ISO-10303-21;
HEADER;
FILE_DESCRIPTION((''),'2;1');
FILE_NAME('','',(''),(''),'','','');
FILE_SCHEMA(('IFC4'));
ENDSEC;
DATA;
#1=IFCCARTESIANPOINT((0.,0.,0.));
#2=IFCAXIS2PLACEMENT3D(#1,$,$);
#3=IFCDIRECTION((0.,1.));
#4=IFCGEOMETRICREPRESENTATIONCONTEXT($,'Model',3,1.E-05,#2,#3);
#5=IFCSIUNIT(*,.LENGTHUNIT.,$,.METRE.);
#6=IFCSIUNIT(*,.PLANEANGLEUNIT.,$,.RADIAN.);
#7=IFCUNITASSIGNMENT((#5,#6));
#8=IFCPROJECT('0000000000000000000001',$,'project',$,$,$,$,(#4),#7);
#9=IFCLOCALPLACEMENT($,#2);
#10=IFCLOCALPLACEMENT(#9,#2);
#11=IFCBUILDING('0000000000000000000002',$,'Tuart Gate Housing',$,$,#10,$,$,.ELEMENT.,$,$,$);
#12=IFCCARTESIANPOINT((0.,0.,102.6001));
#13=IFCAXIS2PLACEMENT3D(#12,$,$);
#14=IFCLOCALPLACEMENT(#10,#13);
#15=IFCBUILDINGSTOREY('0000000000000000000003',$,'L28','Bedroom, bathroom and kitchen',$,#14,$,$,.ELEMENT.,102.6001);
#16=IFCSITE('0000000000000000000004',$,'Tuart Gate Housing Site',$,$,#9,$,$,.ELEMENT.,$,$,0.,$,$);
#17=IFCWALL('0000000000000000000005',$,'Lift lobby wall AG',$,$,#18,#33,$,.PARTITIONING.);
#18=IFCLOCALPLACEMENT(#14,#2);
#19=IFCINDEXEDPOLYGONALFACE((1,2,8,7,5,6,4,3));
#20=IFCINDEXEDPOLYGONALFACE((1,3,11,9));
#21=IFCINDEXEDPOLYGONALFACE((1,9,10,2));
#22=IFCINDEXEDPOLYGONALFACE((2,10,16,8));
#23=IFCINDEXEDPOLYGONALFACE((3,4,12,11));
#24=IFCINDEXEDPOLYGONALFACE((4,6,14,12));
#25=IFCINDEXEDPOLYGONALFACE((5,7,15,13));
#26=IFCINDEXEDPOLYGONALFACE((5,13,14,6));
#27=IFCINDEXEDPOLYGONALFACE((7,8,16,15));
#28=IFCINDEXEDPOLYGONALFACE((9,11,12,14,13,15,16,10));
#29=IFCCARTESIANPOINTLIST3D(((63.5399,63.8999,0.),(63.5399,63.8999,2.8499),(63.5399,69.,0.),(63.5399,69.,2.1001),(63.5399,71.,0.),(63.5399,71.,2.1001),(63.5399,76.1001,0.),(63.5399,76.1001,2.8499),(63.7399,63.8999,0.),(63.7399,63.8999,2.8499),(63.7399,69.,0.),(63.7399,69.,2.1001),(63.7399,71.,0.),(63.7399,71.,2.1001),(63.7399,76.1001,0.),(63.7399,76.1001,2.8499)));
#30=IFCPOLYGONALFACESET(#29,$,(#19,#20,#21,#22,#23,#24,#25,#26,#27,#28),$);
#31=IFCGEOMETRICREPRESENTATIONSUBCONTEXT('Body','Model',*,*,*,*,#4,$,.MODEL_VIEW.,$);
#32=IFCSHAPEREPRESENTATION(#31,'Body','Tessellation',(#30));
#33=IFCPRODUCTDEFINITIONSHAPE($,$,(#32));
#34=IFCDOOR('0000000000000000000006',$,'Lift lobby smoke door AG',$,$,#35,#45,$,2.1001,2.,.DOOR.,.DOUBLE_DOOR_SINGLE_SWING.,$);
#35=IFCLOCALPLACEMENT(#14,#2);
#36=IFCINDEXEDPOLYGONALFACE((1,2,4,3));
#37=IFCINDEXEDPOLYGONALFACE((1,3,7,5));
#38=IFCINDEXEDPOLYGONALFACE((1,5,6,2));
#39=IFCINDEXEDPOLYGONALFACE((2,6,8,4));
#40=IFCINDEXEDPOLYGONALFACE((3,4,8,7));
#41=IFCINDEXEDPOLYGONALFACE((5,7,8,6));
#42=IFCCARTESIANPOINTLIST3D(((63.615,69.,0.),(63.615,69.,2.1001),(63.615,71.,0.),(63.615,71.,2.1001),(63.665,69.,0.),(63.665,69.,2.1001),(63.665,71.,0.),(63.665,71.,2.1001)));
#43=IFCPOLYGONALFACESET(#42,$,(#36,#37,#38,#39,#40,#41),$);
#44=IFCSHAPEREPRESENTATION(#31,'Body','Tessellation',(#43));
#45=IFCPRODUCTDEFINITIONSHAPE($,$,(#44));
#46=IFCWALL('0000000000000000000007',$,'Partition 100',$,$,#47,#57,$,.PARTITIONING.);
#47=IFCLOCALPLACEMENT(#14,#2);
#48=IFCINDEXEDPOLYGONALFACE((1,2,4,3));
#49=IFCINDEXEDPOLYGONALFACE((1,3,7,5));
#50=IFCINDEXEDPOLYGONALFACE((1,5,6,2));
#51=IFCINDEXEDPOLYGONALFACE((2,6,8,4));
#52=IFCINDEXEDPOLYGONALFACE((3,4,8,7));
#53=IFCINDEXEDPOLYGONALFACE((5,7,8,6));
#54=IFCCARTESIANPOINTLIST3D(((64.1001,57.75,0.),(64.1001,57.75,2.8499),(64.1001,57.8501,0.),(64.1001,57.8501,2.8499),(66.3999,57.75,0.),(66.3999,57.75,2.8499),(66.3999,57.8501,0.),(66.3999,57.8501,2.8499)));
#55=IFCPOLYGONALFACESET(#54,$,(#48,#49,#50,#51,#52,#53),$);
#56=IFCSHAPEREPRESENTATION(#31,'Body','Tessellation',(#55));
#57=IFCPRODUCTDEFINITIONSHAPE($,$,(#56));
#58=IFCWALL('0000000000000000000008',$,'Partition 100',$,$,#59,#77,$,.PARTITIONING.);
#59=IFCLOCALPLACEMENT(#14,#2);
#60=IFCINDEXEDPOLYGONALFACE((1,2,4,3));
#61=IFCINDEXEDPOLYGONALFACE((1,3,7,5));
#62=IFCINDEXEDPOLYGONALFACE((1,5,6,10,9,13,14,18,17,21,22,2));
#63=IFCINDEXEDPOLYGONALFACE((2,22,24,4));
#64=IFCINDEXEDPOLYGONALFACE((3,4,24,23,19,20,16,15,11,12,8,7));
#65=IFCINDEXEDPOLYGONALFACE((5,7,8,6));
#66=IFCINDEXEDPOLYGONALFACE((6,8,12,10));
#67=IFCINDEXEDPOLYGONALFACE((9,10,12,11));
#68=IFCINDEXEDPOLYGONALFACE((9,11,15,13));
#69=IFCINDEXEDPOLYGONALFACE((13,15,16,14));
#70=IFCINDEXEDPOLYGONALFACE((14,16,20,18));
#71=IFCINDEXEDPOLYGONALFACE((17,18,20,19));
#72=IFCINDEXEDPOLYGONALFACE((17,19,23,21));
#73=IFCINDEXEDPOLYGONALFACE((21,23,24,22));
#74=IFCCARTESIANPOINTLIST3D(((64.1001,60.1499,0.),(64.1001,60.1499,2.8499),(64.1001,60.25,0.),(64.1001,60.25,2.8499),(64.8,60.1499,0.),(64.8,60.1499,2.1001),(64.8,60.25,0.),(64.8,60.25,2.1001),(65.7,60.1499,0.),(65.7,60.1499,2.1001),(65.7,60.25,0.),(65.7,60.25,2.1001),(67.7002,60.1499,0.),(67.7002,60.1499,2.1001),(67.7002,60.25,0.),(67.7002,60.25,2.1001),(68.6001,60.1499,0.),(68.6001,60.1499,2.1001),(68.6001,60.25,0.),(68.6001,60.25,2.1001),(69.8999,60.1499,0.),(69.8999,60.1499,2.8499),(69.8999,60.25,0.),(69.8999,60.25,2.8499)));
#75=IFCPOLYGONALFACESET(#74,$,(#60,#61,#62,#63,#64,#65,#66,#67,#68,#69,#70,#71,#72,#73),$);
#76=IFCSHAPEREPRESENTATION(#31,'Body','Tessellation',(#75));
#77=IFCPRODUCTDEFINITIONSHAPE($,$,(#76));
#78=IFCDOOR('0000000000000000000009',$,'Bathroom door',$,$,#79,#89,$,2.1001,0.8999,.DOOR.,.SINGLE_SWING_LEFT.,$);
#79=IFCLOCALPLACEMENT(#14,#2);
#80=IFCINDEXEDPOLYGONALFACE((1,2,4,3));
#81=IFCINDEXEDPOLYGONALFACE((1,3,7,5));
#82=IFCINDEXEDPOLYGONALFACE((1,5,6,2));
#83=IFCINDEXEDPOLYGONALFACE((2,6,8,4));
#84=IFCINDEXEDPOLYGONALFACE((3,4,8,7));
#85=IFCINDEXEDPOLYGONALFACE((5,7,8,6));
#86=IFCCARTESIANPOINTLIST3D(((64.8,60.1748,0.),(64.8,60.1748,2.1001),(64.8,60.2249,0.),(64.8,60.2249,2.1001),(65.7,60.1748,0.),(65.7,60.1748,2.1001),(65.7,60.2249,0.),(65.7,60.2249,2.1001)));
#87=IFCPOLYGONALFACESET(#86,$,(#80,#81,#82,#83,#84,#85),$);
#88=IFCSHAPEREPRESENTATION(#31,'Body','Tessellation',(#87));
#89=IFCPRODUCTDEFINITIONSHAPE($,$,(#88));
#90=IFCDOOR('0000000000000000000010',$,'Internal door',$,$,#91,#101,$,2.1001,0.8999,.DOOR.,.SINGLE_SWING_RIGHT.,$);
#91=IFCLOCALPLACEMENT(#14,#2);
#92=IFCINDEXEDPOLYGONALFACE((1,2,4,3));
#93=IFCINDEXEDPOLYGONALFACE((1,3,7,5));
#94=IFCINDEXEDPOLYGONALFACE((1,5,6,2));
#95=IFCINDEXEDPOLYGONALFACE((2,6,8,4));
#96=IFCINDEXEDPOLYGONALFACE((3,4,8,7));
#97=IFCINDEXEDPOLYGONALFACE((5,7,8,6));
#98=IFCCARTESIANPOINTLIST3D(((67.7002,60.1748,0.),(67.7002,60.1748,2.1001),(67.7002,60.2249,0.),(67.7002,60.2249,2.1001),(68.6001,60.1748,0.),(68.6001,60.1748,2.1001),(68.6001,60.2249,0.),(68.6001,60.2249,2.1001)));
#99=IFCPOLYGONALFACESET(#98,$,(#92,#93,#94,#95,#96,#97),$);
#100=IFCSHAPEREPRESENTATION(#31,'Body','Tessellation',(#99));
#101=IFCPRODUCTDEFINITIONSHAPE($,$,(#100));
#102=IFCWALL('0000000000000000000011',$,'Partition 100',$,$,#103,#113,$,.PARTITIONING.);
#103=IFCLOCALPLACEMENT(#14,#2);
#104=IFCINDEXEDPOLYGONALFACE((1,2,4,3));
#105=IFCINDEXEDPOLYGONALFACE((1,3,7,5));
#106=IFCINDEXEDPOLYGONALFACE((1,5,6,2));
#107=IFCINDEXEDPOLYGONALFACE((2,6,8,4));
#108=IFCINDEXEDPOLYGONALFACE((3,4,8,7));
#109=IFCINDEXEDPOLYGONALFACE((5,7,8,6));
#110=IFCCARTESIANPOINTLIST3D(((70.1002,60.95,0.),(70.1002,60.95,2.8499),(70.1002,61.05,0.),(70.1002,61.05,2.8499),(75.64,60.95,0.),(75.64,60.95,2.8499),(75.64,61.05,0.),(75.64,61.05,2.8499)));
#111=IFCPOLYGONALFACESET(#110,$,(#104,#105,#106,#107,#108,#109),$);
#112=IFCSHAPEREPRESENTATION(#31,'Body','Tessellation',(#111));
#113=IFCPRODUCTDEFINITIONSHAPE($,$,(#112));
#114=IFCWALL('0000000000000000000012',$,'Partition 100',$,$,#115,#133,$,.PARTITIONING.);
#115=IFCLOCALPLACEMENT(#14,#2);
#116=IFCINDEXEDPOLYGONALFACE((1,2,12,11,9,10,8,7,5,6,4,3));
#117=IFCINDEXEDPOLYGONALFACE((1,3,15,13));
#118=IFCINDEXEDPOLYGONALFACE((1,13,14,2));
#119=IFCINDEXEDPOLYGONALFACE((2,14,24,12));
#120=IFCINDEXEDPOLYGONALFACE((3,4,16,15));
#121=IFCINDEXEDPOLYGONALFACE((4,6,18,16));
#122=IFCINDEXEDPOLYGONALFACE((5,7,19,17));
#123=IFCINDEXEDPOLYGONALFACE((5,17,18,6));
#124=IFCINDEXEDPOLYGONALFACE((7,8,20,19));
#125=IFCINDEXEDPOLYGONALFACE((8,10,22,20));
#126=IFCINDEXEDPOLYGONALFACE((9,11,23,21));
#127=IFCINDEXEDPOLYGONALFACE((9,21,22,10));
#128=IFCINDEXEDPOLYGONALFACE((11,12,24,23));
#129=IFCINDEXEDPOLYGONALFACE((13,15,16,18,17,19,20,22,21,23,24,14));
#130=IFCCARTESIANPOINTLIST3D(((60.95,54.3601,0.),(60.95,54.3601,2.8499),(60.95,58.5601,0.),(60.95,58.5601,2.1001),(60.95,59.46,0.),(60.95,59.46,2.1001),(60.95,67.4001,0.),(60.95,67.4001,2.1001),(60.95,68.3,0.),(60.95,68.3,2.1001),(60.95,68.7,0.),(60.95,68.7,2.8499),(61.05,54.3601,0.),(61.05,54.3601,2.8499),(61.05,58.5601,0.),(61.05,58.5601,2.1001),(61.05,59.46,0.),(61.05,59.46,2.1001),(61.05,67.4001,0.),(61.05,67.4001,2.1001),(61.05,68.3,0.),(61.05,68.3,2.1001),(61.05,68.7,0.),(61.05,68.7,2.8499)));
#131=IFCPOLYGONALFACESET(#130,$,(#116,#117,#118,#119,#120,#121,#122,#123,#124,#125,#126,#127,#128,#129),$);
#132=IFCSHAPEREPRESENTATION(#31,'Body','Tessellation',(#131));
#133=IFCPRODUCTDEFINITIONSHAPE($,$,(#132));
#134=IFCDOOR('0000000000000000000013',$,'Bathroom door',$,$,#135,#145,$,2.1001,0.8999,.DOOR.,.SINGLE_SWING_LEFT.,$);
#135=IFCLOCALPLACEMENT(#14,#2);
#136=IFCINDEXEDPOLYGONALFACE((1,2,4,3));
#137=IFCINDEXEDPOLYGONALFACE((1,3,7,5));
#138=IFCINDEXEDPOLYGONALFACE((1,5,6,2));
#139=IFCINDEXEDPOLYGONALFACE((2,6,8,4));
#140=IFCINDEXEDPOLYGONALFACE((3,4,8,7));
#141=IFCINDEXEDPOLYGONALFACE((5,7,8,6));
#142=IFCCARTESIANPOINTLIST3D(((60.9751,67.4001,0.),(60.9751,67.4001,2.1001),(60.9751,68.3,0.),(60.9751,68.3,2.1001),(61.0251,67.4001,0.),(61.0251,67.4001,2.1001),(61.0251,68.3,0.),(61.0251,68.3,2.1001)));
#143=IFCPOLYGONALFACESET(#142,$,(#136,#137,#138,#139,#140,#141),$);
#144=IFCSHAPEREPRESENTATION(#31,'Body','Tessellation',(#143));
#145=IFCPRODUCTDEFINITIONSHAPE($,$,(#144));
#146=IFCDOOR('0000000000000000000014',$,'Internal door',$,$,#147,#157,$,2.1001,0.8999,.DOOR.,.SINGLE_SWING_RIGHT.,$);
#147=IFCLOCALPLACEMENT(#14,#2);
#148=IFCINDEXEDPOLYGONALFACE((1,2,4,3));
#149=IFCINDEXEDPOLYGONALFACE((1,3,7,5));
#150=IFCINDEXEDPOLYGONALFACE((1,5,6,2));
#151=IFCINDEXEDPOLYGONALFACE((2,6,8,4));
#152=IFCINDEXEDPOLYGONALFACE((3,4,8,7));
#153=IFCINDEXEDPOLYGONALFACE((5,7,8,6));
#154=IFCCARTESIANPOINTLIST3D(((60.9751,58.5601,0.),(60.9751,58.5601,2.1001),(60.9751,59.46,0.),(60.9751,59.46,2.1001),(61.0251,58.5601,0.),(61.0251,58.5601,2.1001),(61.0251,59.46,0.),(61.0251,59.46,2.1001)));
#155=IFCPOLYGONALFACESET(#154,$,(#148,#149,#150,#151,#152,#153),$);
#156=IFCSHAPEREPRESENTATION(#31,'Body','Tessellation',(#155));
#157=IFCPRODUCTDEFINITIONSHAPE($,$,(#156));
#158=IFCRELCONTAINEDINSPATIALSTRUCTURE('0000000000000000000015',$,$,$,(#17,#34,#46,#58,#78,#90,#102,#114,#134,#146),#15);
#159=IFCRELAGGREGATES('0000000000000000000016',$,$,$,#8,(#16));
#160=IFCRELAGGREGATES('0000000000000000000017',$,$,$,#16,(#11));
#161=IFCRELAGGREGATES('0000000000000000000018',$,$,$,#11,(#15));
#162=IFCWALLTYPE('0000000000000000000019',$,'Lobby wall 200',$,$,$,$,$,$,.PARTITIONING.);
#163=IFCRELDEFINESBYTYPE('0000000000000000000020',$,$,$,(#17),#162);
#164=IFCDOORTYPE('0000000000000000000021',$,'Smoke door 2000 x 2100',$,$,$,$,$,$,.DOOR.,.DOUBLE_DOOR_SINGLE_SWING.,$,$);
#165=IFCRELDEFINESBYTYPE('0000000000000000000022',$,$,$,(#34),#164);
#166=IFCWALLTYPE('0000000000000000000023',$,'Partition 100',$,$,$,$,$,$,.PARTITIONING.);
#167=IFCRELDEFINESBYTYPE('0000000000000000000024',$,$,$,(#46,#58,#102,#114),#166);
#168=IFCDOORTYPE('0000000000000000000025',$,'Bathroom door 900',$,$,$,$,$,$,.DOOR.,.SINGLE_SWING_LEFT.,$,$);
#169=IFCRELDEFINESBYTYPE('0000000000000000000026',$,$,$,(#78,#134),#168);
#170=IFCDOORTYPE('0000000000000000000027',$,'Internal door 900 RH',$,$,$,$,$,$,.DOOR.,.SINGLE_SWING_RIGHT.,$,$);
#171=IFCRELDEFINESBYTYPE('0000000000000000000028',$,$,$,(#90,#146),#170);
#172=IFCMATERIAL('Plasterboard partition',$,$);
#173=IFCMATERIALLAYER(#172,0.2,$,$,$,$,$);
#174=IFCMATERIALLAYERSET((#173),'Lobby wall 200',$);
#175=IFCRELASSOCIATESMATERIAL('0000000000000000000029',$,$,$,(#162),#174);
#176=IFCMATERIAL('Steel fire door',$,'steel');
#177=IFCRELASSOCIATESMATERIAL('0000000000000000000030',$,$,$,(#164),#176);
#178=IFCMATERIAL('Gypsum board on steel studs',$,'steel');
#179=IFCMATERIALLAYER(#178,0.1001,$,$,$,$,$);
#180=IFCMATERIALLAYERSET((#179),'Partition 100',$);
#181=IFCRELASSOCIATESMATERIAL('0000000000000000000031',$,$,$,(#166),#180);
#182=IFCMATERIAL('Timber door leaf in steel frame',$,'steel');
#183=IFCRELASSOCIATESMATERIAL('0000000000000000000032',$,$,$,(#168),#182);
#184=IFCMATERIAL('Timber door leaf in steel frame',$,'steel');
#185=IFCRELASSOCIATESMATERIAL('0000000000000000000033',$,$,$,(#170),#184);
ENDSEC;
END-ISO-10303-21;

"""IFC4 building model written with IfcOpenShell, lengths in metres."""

from ifc_helpers import new_model, si_unit, direction, frame, frame_2d, origin, place, context, subcontext, project, spatial, rectangle, extrude, material, layer, layer_set, type_object, element, fill, save


model = new_model("IFC4")

# Units and contexts
model_context = context("Model", 3, precision=1e-05, world=origin(), true_north=direction((0.0, 1.0)))
body_context = subcontext(model_context, "Body", "Model", "MODEL_VIEW")
ifc_project = project(units=[si_unit("LENGTHUNIT", "METRE"), si_unit("PLANEANGLEUNIT", "RADIAN")], contexts=[model_context])

# Site, building, storey
site_placement = place(None, origin())
site = spatial("IfcSite", under=ifc_project, at=site_placement, Name="Tuart Gate Housing Site", CompositionType="ELEMENT", RefElevation=0.0)
building_placement = place(site_placement, origin())
building = spatial("IfcBuilding", under=site, at=building_placement, Name="Tuart Gate Housing", CompositionType="ELEMENT")
storey_placement = place(building_placement, frame((0.0, 0.0, 102.6001)))
storey = spatial("IfcBuildingStorey", under=building, at=storey_placement, Name="L28", Description="Bedroom, bathroom and kitchen", CompositionType="ELEMENT", Elevation=102.6001)

# Wall, opening, door
ifc_material_1 = material(Name="Plasterboard partition")
ifc_layer_1 = layer(ifc_material_1, 0.2)
ifc_layer_set_1 = layer_set([ifc_layer_1], Name="Lobby wall 200")
wall_type_1 = type_object("IfcWallType", Name="Lobby wall 200", PredefinedType="PARTITIONING", material=ifc_layer_set_1)
wall_1_placement = place(storey_placement, frame((63.6399, 63.8999, 0.0), z_axis=(0.0, 0.0, 1.0), x_axis=(0.0, 1.0, 0.0)))
wall_1 = element("IfcWall", 1, at=wall_1_placement, inside=storey, type_object=wall_type_1, Name="Lift lobby wall AG", PredefinedType="PARTITIONING", context=body_context, shape_type="SweptSolid", body=[
    extrude(rectangle(XDim=12.2002, YDim=0.2, at=frame_2d((6.1001, 0.0))), origin(), (0.0, 0.0, 1.0), 2.8499),
])
opening_1_placement = place(wall_1_placement, frame((5.1001, 0.0, 0.0)))
opening_1 = element("IfcOpeningElement", 2, at=opening_1_placement, cuts=wall_1, PredefinedType="OPENING", context=body_context, shape_type="SweptSolid", body=[
    extrude(rectangle(XDim=2.0, YDim=2.1001, at=frame_2d((1.0, 1.05))), frame((0.0, 0.1099, 0.0), z_axis=(0.0, -1.0, 0.0), x_axis=(1.0, 0.0, 0.0)), (0.0, 0.0, 1.0), 0.22),
])
ifc_material_2 = material(Name="Steel fire door", Category="steel")
door_type_1 = type_object("IfcDoorType", Name="Smoke door 2000 x 2100", OperationType="DOUBLE_DOOR_SINGLE_SWING", PredefinedType="DOOR", material=ifc_material_2)
door_1_placement = place(opening_1_placement, frame((2.0, 0.0, 0.0), z_axis=(0.0, 0.0, 1.0), x_axis=(-1.0, 0.0, 0.0)))
door_1 = element("IfcDoor", 3, at=door_1_placement, inside=storey, type_object=door_type_1, Name="Lift lobby smoke door AG", OperationType="DOUBLE_DOOR_SINGLE_SWING", OverallHeight=2.1001, OverallWidth=2.0, PredefinedType="DOOR", context=body_context, shape_type="SweptSolid", body=[
    extrude(rectangle(XDim=2.0, YDim=2.1001, at=frame_2d((1.0, 1.05))), frame((0.0, 0.0251, 0.0), z_axis=(0.0, -1.0, 0.0), x_axis=(1.0, 0.0, 0.0)), (0.0, 0.0, 1.0), 0.05),
])
fill(opening_1, door_1)

# Wall
ifc_material_3 = material(Name="Gypsum board on steel studs", Category="steel")
ifc_layer_2 = layer(ifc_material_3, 0.1001)
ifc_layer_set_2 = layer_set([ifc_layer_2], Name="Partition 100")
wall_type_2 = type_object("IfcWallType", Name="Partition 100", PredefinedType="PARTITIONING", material=ifc_layer_set_2)
wall_2_placement = place(storey_placement, frame((64.1001, 57.8, 0.0), z_axis=(0.0, 0.0, 1.0), x_axis=(1.0, 0.0, 0.0)))
element("IfcWall", 4, at=wall_2_placement, inside=storey, type_object=wall_type_2, Name="Partition 100", PredefinedType="PARTITIONING", context=body_context, shape_type="SweptSolid", body=[
    extrude(rectangle(XDim=2.2998, YDim=0.1001, at=frame_2d((1.1499, 0.0))), origin(), (0.0, 0.0, 1.0), 2.8499),
])

# Wall, openings, doors
wall_3_placement = place(storey_placement, frame((64.1001, 60.2, 0.0), z_axis=(0.0, 0.0, 1.0), x_axis=(1.0, 0.0, 0.0)))
wall_3 = element("IfcWall", 5, at=wall_3_placement, inside=storey, type_object=wall_type_2, Name="Partition 100", PredefinedType="PARTITIONING", context=body_context, shape_type="SweptSolid", body=[
    extrude(rectangle(XDim=5.7998, YDim=0.1001, at=frame_2d((2.8999, 0.0))), origin(), (0.0, 0.0, 1.0), 2.8499),
])
opening_2_placement = place(wall_3_placement, frame((3.6001, 0.0, 0.0)))
opening_2 = element("IfcOpeningElement", 6, at=opening_2_placement, cuts=wall_3, PredefinedType="OPENING", context=body_context, shape_type="SweptSolid", body=[
    extrude(rectangle(XDim=0.8999, YDim=2.1001, at=frame_2d((0.45, 1.05))), frame((0.0, 0.0601, 0.0), z_axis=(0.0, -1.0, 0.0), x_axis=(1.0, 0.0, 0.0)), (0.0, 0.0, 1.0), 0.1201),
])
opening_3_placement = place(wall_3_placement, frame((0.7, 0.0, 0.0)))
opening_3 = element("IfcOpeningElement", 7, at=opening_3_placement, cuts=wall_3, PredefinedType="OPENING", context=body_context, shape_type="SweptSolid", body=[
    extrude(rectangle(XDim=0.8999, YDim=2.1001, at=frame_2d((0.45, 1.05))), frame((0.0, 0.0601, 0.0), z_axis=(0.0, -1.0, 0.0), x_axis=(1.0, 0.0, 0.0)), (0.0, 0.0, 1.0), 0.1201),
])
ifc_material_4 = material(Name="Timber door leaf in steel frame", Category="steel")
door_type_2 = type_object("IfcDoorType", Name="Bathroom door 900", OperationType="SINGLE_SWING_LEFT", PredefinedType="DOOR", material=ifc_material_4)
door_2_placement = place(opening_3_placement, frame((0.8999, 0.0, 0.0), z_axis=(0.0, 0.0, 1.0), x_axis=(-1.0, 0.0, 0.0)))
door_2 = element("IfcDoor", 8, at=door_2_placement, inside=storey, type_object=door_type_2, Name="Bathroom door", OperationType="SINGLE_SWING_LEFT", OverallHeight=2.1001, OverallWidth=0.8999, PredefinedType="DOOR", context=body_context, shape_type="SweptSolid", body=[
    extrude(rectangle(XDim=0.8999, YDim=2.1001, at=frame_2d((0.45, 1.05))), frame((0.0, 0.0251, 0.0), z_axis=(0.0, -1.0, 0.0), x_axis=(1.0, 0.0, 0.0)), (0.0, 0.0, 1.0), 0.05),
])
fill(opening_3, door_2)
ifc_material_5 = material(Name="Timber door leaf in steel frame", Category="steel")
door_type_3 = type_object("IfcDoorType", Name="Internal door 900 RH", OperationType="SINGLE_SWING_RIGHT", PredefinedType="DOOR", material=ifc_material_5)
door_3_placement = place(opening_2_placement, origin())
door_3 = element("IfcDoor", 9, at=door_3_placement, inside=storey, type_object=door_type_3, Name="Internal door", OperationType="SINGLE_SWING_RIGHT", OverallHeight=2.1001, OverallWidth=0.8999, PredefinedType="DOOR", context=body_context, shape_type="SweptSolid", body=[
    extrude(rectangle(XDim=0.8999, YDim=2.1001, at=frame_2d((0.45, 1.05))), frame((0.0, 0.0249, 0.0), z_axis=(0.0, -1.0, 0.0), x_axis=(1.0, 0.0, 0.0)), (0.0, 0.0, 1.0), 0.05),
])
fill(opening_2, door_3)

# Wall
wall_4_placement = place(storey_placement, frame((70.1001, 61.0, 0.0), z_axis=(0.0, 0.0, 1.0), x_axis=(1.0, 0.0, 0.0)))
element("IfcWall", 10, at=wall_4_placement, inside=storey, type_object=wall_type_2, Name="Partition 100", PredefinedType="PARTITIONING", context=body_context, shape_type="SweptSolid", body=[
    extrude(rectangle(XDim=5.5398, YDim=0.1001, at=frame_2d((2.77, 0.0))), origin(), (0.0, 0.0, 1.0), 2.8499),
])

# Wall, openings, doors
wall_5_placement = place(storey_placement, frame((61.0, 54.3601, 0.0), z_axis=(0.0, 0.0, 1.0), x_axis=(0.0, 1.0, 0.0)))
wall_5 = element("IfcWall", 11, at=wall_5_placement, inside=storey, type_object=wall_type_2, Name="Partition 100", PredefinedType="PARTITIONING", context=body_context, shape_type="SweptSolid", body=[
    extrude(rectangle(XDim=14.3398, YDim=0.1001, at=frame_2d((7.1699, 0.0))), origin(), (0.0, 0.0, 1.0), 2.8499),
])
opening_4_placement = place(wall_5_placement, frame((4.2, 0.0, 0.0)))
opening_4 = element("IfcOpeningElement", 12, at=opening_4_placement, cuts=wall_5, PredefinedType="OPENING", context=body_context, shape_type="SweptSolid", body=[
    extrude(rectangle(XDim=0.8999, YDim=2.1001, at=frame_2d((0.45, 1.05))), frame((0.0, 0.0601, 0.0), z_axis=(0.0, -1.0, 0.0), x_axis=(1.0, 0.0, 0.0)), (0.0, 0.0, 1.0), 0.1201),
])
opening_5_placement = place(wall_5_placement, frame((13.04, 0.0, 0.0)))
opening_5 = element("IfcOpeningElement", 13, at=opening_5_placement, cuts=wall_5, PredefinedType="OPENING", context=body_context, shape_type="SweptSolid", body=[
    extrude(rectangle(XDim=0.8999, YDim=2.1001, at=frame_2d((0.45, 1.05))), frame((0.0, 0.0601, 0.0), z_axis=(0.0, -1.0, 0.0), x_axis=(1.0, 0.0, 0.0)), (0.0, 0.0, 1.0), 0.1201),
])
door_4_placement = place(opening_5_placement, frame((0.8999, 0.0, 0.0), z_axis=(0.0, 0.0, 1.0), x_axis=(-1.0, 0.0, 0.0)))
door_4 = element("IfcDoor", 14, at=door_4_placement, inside=storey, type_object=door_type_2, Name="Bathroom door", OperationType="SINGLE_SWING_LEFT", OverallHeight=2.1001, OverallWidth=0.8999, PredefinedType="DOOR", context=body_context, shape_type="SweptSolid", body=[
    extrude(rectangle(XDim=0.8999, YDim=2.1001, at=frame_2d((0.45, 1.05))), frame((0.0, 0.0251, 0.0), z_axis=(0.0, -1.0, 0.0), x_axis=(1.0, 0.0, 0.0)), (0.0, 0.0, 1.0), 0.05),
])
fill(opening_5, door_4)
door_5_placement = place(opening_4_placement, frame((0.8999, 0.0, 0.0), z_axis=(0.0, 0.0, 1.0), x_axis=(-1.0, 0.0, 0.0)))
door_5 = element("IfcDoor", 15, at=door_5_placement, inside=storey, type_object=door_type_3, Name="Internal door", OperationType="SINGLE_SWING_RIGHT", OverallHeight=2.1001, OverallWidth=0.8999, PredefinedType="DOOR", context=body_context, shape_type="SweptSolid", body=[
    extrude(rectangle(XDim=0.8999, YDim=2.1001, at=frame_2d((0.45, 1.05))), frame((0.0, 0.0251, 0.0), z_axis=(0.0, -1.0, 0.0), x_axis=(1.0, 0.0, 0.0)), (0.0, 0.0, 1.0), 0.05),
])
fill(opening_4, door_5)

save(model, "model.ifc")
